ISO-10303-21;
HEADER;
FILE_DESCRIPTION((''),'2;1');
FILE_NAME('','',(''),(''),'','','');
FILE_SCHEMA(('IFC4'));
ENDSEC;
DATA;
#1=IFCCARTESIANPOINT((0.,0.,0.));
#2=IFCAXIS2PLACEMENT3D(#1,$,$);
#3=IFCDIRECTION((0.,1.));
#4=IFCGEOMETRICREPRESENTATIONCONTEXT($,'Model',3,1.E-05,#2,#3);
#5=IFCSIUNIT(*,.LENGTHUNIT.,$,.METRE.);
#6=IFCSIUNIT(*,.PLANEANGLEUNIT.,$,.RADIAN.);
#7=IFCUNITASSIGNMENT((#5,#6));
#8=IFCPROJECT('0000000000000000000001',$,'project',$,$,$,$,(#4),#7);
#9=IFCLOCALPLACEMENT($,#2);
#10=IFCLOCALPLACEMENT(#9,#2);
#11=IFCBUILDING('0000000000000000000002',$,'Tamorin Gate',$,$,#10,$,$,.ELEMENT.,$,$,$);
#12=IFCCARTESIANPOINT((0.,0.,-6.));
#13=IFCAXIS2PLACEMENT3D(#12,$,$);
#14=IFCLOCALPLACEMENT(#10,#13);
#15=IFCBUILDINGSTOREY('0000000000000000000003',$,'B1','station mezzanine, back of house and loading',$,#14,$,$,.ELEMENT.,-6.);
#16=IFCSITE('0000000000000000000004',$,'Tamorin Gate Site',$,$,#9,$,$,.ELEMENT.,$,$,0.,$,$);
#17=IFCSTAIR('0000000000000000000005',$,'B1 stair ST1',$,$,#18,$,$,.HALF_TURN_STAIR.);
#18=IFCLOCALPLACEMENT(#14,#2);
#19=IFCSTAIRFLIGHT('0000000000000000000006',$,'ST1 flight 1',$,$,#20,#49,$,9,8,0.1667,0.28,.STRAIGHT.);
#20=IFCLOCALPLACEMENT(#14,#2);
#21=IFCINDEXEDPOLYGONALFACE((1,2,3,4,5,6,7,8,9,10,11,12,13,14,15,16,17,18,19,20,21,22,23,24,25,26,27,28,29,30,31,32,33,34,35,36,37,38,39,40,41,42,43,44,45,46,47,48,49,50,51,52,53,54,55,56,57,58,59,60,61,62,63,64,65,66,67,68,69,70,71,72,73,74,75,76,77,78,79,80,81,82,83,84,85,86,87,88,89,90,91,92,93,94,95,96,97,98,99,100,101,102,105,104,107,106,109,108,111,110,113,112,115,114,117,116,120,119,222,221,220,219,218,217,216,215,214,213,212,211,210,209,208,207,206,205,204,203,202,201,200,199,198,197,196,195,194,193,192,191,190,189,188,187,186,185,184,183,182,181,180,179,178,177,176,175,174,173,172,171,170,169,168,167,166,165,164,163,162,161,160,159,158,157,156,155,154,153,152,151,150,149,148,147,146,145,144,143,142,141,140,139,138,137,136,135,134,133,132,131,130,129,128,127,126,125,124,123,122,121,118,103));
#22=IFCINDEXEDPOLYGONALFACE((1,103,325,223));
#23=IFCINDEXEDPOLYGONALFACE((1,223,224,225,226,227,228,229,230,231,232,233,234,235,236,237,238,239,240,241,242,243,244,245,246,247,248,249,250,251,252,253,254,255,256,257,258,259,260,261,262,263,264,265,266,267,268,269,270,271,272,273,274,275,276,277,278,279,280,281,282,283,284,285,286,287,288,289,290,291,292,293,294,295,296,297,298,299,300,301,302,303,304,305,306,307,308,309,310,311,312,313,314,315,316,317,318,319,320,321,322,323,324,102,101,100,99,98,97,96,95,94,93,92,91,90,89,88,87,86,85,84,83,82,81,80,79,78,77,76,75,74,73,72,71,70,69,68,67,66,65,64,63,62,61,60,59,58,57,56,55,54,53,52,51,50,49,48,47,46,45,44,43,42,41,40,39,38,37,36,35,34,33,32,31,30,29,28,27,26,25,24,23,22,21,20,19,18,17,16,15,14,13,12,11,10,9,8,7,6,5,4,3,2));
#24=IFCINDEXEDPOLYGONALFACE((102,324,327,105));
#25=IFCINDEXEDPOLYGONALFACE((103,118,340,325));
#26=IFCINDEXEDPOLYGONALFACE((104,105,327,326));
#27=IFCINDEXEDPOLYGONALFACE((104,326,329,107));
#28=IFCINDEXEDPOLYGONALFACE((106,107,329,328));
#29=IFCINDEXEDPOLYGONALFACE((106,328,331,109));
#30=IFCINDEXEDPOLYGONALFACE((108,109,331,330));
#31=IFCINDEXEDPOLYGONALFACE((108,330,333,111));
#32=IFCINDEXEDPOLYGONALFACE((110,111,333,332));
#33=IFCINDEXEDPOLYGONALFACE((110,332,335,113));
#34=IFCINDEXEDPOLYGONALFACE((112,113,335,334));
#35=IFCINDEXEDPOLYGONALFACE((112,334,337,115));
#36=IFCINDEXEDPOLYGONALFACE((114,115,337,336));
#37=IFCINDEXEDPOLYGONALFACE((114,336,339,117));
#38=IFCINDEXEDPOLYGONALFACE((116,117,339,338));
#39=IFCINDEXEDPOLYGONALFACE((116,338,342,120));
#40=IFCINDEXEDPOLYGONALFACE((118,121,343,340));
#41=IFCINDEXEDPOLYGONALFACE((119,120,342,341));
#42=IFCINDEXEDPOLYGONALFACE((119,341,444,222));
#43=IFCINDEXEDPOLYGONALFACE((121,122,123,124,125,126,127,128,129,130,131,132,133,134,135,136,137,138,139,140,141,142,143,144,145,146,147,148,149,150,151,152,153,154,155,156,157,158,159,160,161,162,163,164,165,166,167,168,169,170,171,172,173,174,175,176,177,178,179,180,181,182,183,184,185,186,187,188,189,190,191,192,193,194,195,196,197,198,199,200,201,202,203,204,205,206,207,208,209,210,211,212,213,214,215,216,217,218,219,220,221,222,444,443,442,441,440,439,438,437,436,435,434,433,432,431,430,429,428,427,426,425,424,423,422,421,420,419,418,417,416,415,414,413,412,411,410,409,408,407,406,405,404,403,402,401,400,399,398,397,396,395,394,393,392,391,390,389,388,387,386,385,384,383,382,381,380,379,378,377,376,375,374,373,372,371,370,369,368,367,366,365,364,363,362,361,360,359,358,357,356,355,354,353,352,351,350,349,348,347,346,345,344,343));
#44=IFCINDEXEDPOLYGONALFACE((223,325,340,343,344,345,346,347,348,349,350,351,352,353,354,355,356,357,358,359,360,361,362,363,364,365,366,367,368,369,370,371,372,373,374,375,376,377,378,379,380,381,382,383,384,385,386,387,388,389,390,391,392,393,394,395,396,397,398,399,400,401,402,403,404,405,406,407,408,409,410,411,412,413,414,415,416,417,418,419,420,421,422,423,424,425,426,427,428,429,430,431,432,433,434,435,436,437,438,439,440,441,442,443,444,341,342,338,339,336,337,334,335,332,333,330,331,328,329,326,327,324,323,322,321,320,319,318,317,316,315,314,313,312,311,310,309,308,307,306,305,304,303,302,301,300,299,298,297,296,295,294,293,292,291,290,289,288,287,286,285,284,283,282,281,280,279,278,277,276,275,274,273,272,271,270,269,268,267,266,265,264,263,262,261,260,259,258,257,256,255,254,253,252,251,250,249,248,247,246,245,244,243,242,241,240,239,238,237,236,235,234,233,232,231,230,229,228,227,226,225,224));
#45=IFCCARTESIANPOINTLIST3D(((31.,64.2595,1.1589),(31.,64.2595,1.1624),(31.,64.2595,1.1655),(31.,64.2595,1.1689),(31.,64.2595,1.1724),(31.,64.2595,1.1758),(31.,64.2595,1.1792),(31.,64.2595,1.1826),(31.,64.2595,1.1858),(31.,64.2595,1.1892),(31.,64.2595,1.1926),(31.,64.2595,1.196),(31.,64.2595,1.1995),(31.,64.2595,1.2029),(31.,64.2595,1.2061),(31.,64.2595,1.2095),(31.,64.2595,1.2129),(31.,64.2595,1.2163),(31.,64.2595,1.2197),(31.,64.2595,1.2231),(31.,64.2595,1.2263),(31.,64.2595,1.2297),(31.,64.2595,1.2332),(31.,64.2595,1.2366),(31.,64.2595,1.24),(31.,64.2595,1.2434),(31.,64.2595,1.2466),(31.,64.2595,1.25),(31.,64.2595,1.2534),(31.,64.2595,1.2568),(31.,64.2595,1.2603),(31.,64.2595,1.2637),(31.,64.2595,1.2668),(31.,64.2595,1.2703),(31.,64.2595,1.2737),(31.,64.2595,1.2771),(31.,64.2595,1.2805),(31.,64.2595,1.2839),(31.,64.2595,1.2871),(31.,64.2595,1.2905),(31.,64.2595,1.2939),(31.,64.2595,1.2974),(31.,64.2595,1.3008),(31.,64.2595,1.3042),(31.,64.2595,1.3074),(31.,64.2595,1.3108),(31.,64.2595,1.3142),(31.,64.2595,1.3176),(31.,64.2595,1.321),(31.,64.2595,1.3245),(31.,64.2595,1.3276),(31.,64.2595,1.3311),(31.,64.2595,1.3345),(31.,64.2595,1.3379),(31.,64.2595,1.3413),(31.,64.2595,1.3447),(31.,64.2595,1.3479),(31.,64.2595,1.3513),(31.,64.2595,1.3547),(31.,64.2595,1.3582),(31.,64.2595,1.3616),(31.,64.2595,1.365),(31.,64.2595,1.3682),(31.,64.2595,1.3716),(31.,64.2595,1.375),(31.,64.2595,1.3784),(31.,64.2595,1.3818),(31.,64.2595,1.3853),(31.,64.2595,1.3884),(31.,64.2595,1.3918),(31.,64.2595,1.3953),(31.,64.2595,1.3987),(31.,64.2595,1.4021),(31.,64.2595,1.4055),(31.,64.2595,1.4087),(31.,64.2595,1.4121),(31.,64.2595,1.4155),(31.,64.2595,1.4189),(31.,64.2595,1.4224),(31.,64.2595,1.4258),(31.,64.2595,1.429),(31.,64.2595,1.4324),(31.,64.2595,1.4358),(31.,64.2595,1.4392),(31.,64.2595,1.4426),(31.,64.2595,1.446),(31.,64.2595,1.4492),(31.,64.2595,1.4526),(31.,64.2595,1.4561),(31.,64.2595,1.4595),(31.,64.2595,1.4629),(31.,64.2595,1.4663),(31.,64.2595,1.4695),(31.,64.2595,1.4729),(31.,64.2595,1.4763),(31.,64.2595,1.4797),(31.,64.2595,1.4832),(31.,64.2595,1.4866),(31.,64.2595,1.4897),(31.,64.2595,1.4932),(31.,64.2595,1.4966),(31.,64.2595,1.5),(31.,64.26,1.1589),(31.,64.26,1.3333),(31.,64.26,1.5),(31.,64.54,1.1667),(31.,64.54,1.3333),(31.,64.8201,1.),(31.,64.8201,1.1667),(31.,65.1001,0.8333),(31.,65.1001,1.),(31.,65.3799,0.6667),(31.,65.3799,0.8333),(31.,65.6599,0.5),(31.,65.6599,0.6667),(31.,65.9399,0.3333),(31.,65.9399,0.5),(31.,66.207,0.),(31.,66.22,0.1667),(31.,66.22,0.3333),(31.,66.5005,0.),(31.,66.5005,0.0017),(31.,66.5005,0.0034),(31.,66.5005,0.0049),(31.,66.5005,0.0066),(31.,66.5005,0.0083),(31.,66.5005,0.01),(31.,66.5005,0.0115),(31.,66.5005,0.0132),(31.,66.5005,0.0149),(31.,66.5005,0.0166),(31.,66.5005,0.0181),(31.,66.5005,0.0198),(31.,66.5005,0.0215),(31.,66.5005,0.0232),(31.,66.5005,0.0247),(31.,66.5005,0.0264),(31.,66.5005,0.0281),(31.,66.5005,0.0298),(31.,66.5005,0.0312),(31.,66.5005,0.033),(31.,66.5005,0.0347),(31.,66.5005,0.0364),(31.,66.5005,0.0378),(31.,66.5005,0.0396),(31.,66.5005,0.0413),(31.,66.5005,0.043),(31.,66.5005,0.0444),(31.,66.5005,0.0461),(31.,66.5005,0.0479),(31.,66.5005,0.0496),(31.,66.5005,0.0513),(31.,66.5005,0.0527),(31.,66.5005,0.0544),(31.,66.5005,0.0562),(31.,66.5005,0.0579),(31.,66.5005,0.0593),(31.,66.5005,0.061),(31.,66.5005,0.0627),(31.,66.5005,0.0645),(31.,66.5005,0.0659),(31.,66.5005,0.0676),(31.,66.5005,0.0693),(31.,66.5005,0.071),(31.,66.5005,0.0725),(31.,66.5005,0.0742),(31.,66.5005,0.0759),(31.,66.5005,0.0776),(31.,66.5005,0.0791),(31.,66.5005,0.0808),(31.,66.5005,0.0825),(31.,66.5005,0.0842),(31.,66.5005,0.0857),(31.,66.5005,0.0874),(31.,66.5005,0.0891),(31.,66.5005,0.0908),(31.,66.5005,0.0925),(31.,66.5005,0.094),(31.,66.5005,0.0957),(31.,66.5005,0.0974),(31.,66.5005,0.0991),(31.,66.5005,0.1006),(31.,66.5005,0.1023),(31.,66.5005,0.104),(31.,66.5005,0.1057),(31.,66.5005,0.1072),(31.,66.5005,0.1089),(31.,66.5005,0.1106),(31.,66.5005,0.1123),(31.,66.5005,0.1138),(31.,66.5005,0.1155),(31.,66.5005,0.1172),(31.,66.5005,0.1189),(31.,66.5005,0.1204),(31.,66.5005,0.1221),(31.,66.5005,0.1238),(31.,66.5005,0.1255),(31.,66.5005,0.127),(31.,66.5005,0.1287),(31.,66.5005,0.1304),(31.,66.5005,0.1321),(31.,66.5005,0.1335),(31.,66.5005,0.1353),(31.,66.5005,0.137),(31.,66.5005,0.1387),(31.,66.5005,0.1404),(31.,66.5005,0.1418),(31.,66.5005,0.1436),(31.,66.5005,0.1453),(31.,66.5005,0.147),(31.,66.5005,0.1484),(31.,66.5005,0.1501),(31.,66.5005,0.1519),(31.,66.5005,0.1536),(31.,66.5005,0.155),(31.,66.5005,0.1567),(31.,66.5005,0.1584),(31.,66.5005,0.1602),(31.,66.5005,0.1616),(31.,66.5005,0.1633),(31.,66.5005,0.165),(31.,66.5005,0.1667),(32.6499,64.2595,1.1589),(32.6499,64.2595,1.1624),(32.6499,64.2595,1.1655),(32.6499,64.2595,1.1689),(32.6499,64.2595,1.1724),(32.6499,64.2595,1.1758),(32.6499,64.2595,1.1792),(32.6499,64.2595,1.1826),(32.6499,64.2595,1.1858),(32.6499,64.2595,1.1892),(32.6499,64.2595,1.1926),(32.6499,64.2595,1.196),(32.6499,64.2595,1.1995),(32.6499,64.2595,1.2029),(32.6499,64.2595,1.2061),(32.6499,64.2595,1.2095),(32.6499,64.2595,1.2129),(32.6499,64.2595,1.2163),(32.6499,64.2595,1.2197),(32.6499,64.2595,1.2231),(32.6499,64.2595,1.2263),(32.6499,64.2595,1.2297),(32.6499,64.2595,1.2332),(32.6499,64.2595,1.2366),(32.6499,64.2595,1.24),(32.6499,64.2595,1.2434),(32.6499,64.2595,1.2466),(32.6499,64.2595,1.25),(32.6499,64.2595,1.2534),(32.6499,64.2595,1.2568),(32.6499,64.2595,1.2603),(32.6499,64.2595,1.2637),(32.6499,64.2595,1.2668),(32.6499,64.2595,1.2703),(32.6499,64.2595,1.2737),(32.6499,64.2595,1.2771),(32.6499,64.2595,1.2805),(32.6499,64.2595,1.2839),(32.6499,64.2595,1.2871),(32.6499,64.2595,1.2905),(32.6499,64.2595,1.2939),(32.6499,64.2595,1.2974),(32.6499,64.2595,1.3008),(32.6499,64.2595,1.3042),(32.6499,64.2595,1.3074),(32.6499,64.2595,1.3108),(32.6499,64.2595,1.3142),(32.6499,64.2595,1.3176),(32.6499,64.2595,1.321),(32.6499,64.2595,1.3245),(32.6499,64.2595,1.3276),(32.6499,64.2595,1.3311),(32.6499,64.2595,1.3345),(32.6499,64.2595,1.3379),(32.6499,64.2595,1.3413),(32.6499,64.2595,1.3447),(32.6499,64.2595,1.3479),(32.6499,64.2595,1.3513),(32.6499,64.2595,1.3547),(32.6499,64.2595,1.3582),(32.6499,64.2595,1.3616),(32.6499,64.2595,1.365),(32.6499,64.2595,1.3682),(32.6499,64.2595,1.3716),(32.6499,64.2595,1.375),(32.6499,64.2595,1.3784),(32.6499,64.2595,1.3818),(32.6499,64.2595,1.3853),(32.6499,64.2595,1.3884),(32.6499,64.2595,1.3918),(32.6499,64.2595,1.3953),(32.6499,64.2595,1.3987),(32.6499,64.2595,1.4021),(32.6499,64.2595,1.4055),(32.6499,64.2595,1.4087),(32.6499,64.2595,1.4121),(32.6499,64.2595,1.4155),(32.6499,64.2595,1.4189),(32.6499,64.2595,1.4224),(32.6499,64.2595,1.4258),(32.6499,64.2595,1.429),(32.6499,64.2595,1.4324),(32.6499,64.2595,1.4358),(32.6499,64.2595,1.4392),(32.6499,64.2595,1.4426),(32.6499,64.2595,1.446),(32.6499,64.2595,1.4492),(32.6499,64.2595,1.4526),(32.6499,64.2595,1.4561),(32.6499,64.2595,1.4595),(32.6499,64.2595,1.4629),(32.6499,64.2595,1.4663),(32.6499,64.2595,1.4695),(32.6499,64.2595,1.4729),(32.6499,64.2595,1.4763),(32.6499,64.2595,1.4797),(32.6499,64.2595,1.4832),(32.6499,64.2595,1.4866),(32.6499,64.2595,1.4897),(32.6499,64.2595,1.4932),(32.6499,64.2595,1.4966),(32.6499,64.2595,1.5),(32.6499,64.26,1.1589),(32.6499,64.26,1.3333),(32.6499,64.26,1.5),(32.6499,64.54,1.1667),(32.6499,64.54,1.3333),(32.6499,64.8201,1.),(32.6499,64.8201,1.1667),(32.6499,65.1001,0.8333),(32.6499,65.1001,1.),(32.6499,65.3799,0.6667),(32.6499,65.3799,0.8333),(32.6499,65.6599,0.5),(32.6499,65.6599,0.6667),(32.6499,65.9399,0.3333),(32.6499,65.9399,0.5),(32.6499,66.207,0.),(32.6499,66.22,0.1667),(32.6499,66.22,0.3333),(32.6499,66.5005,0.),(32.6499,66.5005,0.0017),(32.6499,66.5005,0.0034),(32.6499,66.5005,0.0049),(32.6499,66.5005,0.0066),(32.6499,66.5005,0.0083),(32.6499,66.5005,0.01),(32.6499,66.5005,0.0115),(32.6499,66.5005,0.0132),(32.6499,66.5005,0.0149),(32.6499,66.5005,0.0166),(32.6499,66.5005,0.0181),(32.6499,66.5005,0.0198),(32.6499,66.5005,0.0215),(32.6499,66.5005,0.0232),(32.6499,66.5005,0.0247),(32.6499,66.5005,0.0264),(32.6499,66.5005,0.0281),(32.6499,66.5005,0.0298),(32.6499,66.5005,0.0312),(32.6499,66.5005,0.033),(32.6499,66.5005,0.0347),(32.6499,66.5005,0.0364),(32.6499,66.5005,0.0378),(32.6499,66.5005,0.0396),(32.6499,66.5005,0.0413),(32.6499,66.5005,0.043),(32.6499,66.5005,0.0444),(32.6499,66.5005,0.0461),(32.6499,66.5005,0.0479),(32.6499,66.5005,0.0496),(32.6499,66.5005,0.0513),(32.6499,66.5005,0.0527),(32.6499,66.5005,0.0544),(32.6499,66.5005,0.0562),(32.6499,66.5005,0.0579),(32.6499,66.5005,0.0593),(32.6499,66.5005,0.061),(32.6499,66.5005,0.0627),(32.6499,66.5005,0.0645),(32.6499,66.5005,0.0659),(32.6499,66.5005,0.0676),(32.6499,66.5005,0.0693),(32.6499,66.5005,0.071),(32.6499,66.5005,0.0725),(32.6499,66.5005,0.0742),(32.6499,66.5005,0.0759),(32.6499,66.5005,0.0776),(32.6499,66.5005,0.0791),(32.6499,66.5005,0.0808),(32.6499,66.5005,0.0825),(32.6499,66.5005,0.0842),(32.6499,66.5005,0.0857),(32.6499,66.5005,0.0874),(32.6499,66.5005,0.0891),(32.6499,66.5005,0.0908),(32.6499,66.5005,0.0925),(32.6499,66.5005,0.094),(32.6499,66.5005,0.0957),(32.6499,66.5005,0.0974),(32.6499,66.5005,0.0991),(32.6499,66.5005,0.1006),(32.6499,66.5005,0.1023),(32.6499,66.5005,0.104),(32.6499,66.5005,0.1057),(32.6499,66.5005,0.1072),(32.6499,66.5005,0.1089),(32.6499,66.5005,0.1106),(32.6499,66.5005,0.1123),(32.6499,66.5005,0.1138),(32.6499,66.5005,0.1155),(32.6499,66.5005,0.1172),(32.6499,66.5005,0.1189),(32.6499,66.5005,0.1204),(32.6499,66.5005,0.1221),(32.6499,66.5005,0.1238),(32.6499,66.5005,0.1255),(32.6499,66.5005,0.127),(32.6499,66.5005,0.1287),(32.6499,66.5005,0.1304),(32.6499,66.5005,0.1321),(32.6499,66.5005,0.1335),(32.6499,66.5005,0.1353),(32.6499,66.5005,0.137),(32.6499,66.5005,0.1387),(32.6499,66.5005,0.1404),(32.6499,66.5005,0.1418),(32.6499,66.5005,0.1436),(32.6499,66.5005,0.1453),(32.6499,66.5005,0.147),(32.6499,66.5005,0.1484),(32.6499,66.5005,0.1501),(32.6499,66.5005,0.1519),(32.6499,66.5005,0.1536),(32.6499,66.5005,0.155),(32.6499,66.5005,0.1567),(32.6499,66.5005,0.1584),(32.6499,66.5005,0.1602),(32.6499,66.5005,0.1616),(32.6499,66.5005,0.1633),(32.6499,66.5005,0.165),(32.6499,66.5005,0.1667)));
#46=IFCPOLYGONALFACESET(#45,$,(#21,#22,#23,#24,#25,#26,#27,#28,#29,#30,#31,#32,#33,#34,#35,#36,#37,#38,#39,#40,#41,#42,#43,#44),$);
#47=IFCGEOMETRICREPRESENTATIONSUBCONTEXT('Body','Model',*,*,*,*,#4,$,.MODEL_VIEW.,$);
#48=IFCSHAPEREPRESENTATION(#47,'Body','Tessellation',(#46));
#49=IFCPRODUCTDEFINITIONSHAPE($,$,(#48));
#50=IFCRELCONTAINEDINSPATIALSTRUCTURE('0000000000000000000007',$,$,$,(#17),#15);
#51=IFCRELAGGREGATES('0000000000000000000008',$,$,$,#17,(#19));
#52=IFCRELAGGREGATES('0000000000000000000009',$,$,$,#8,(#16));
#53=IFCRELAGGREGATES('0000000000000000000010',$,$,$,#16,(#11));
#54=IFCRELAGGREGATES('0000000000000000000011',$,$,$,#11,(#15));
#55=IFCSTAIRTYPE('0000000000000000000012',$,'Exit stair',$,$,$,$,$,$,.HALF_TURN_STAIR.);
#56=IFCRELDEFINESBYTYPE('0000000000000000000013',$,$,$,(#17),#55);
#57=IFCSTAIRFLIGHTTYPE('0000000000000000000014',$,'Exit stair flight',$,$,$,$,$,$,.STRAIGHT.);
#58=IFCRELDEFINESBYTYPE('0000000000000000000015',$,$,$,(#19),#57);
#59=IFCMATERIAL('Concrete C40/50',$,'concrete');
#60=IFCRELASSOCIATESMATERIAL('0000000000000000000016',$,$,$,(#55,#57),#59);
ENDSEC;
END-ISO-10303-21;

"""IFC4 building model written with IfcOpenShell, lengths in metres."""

from ifc_helpers import new_model, si_unit, direction, frame, origin, place, context, subcontext, project, spatial, polyline, outline, extrude, material, type_object, element, aggregate, save


model = new_model("IFC4")

# Units and contexts
model_context = context("Model", 3, precision=1e-05, world=origin(), true_north=direction((0.0, 1.0)))
body_context = subcontext(model_context, "Body", "Model", "MODEL_VIEW")
ifc_project = project(units=[si_unit("LENGTHUNIT", "METRE"), si_unit("PLANEANGLEUNIT", "RADIAN")], contexts=[model_context])

# Site, building, storey
site_placement = place(None, origin())
site = spatial("IfcSite", under=ifc_project, at=site_placement, Name="Tamorin Gate Site", CompositionType="ELEMENT", RefElevation=0.0)
building_placement = place(site_placement, origin())
building = spatial("IfcBuilding", under=site, at=building_placement, Name="Tamorin Gate", CompositionType="ELEMENT")
storey_placement = place(building_placement, frame((0.0, 0.0, -6.0)))
storey = spatial("IfcBuildingStorey", under=building, at=storey_placement, Name="B1", Description="station mezzanine, back of house and loading", CompositionType="ELEMENT", Elevation=-6.0)

# Shared definitions
ifc_material_1 = material(Name="Concrete C40/50", Category="concrete")

# Stair, stair flight
stair_type = type_object("IfcStairType", Name="Exit stair", PredefinedType="HALF_TURN_STAIR", material=ifc_material_1)
stair_placement = place(storey_placement, origin())
stair = element("IfcStair", 1, at=stair_placement, inside=storey, type_object=stair_type, Name="B1 stair ST1", PredefinedType="HALF_TURN_STAIR")
stair_flight_type = type_object("IfcStairFlightType", Name="Exit stair flight", PredefinedType="STRAIGHT", material=ifc_material_1)
stair_flight_1_placement = place(storey_placement, frame((31.825, 66.5, 0.0), z_axis=(0.0, 0.0, 1.0), x_axis=(0.0, -1.0, 0.0)))
stair_flight_1 = element("IfcStairFlight", 2, at=stair_flight_1_placement, type_object=stair_flight_type, Name="ST1 flight 1", NumberOfRisers=9, NumberOfTreads=8, PredefinedType="STRAIGHT", RiserHeight=0.1667, TreadLength=0.28, context=body_context, shape_type="SweptSolid", body=[
    extrude(outline(polyline([(-0.0005, 0.0), (-0.0005, 0.0017), (-0.0005, 0.0034), (-0.0005, 0.0049), (-0.0005, 0.0066), (-0.0005, 0.0083), (-0.0005, 0.01), (-0.0005, 0.0115), (-0.0005, 0.0132), (-0.0005, 0.0149), (-0.0005, 0.0166), (-0.0005, 0.0181), (-0.0005, 0.0198), (-0.0005, 0.0215), (-0.0005, 0.0232), (-0.0005, 0.0247), (-0.0005, 0.0264), (-0.0005, 0.0281), (-0.0005, 0.0298), (-0.0005, 0.0312), (-0.0005, 0.033), (-0.0005, 0.0347), (-0.0005, 0.0364), (-0.0005, 0.0378), (-0.0005, 0.0396), (-0.0005, 0.0413), (-0.0005, 0.043), (-0.0005, 0.0444), (-0.0005, 0.0461), (-0.0005, 0.0479), (-0.0005, 0.0496), (-0.0005, 0.0513), (-0.0005, 0.0527), (-0.0005, 0.0544), (-0.0005, 0.0562), (-0.0005, 0.0579), (-0.0005, 0.0593), (-0.0005, 0.061), (-0.0005, 0.0627), (-0.0005, 0.0645), (-0.0005, 0.0659), (-0.0005, 0.0676), (-0.0005, 0.0693), (-0.0005, 0.071), (-0.0005, 0.0725), (-0.0005, 0.0742), (-0.0005, 0.0759), (-0.0005, 0.0776), (-0.0005, 0.0791), (-0.0005, 0.0808), (-0.0005, 0.0825), (-0.0005, 0.0842), (-0.0005, 0.0857), (-0.0005, 0.0874), (-0.0005, 0.0891), (-0.0005, 0.0908), (-0.0005, 0.0925), (-0.0005, 0.094), (-0.0005, 0.0957), (-0.0005, 0.0974), (-0.0005, 0.0991), (-0.0005, 0.1006), (-0.0005, 0.1023), (-0.0005, 0.104), (-0.0005, 0.1057), (-0.0005, 0.1072), (-0.0005, 0.1089), (-0.0005, 0.1106), (-0.0005, 0.1123), (-0.0005, 0.1138), (-0.0005, 0.1155), (-0.0005, 0.1172), (-0.0005, 0.1189), (-0.0005, 0.1204), (-0.0005, 0.1221), (-0.0005, 0.1238), (-0.0005, 0.1255), (-0.0005, 0.127), (-0.0005, 0.1287), (-0.0005, 0.1304), (-0.0005, 0.1321), (-0.0005, 0.1335), (-0.0005, 0.1353), (-0.0005, 0.137), (-0.0005, 0.1387), (-0.0005, 0.1404), (-0.0005, 0.1418), (-0.0005, 0.1436), (-0.0005, 0.1453), (-0.0005, 0.147), (-0.0005, 0.1484), (-0.0005, 0.1501), (-0.0005, 0.1519), (-0.0005, 0.1536), (-0.0005, 0.155), (-0.0005, 0.1567), (-0.0005, 0.1584), (-0.0005, 0.1602), (-0.0005, 0.1616), (-0.0005, 0.1633), (-0.0005, 0.165), (-0.0005, 0.1667), (0.28, 0.1667), (0.28, 0.3333), (0.5601, 0.3333), (0.5601, 0.5), (0.8401, 0.5), (0.8401, 0.6667), (1.1201, 0.6667), (1.1201, 0.8333), (1.3999, 0.8333), (1.3999, 1.0), (1.6799, 1.0), (1.6799, 1.1667), (1.96, 1.1667), (1.96, 1.3333), (2.24, 1.3333), (2.24, 1.5), (2.2405, 1.5), (2.2405, 1.4966), (2.2405, 1.4932), (2.2405, 1.4897), (2.2405, 1.4866), (2.2405, 1.4832), (2.2405, 1.4797), (2.2405, 1.4763), (2.2405, 1.4729), (2.2405, 1.4695), (2.2405, 1.4663), (2.2405, 1.4629), (2.2405, 1.4595), (2.2405, 1.4561), (2.2405, 1.4526), (2.2405, 1.4492), (2.2405, 1.446), (2.2405, 1.4426), (2.2405, 1.4392), (2.2405, 1.4358), (2.2405, 1.4324), (2.2405, 1.429), (2.2405, 1.4258), (2.2405, 1.4224), (2.2405, 1.4189), (2.2405, 1.4155), (2.2405, 1.4121), (2.2405, 1.4087), (2.2405, 1.4055), (2.2405, 1.4021), (2.2405, 1.3987), (2.2405, 1.3953), (2.2405, 1.3918), (2.2405, 1.3884), (2.2405, 1.3853), (2.2405, 1.3818), (2.2405, 1.3784), (2.2405, 1.375), (2.2405, 1.3716), (2.2405, 1.3682), (2.2405, 1.365), (2.2405, 1.3616), (2.2405, 1.3582), (2.2405, 1.3547), (2.2405, 1.3513), (2.2405, 1.3479), (2.2405, 1.3447), (2.2405, 1.3413), (2.2405, 1.3379), (2.2405, 1.3345), (2.2405, 1.3311), (2.2405, 1.3276), (2.2405, 1.3245), (2.2405, 1.321), (2.2405, 1.3176), (2.2405, 1.3142), (2.2405, 1.3108), (2.2405, 1.3074), (2.2405, 1.3042), (2.2405, 1.3008), (2.2405, 1.2974), (2.2405, 1.2939), (2.2405, 1.2905), (2.2405, 1.2871), (2.2405, 1.2839), (2.2405, 1.2805), (2.2405, 1.2771), (2.2405, 1.2737), (2.2405, 1.2703), (2.2405, 1.2668), (2.2405, 1.2637), (2.2405, 1.2603), (2.2405, 1.2568), (2.2405, 1.2534), (2.2405, 1.25), (2.2405, 1.2466), (2.2405, 1.2434), (2.2405, 1.24), (2.2405, 1.2366), (2.2405, 1.2332), (2.2405, 1.2297), (2.2405, 1.2263), (2.2405, 1.2231), (2.2405, 1.2197), (2.2405, 1.2163), (2.2405, 1.2129), (2.2405, 1.2095), (2.2405, 1.2061), (2.2405, 1.2029), (2.2405, 1.1995), (2.2405, 1.196), (2.2405, 1.1926), (2.2405, 1.1892), (2.2405, 1.1858), (2.2405, 1.1826), (2.2405, 1.1792), (2.2405, 1.1758), (2.2405, 1.1724), (2.2405, 1.1689), (2.2405, 1.1655), (2.2405, 1.1624), (2.2405, 1.1589), (2.24, 1.1589), (0.293, 0.0), (-0.0005, 0.0)])), frame((0.0, 0.825, 0.0), z_axis=(0.0, -1.0, 0.0), x_axis=(1.0, 0.0, 0.0)), (0.0, 0.0, 1.0), 1.6499),
])
aggregate(stair, [stair_flight_1])

save(model, "model.ifc")
